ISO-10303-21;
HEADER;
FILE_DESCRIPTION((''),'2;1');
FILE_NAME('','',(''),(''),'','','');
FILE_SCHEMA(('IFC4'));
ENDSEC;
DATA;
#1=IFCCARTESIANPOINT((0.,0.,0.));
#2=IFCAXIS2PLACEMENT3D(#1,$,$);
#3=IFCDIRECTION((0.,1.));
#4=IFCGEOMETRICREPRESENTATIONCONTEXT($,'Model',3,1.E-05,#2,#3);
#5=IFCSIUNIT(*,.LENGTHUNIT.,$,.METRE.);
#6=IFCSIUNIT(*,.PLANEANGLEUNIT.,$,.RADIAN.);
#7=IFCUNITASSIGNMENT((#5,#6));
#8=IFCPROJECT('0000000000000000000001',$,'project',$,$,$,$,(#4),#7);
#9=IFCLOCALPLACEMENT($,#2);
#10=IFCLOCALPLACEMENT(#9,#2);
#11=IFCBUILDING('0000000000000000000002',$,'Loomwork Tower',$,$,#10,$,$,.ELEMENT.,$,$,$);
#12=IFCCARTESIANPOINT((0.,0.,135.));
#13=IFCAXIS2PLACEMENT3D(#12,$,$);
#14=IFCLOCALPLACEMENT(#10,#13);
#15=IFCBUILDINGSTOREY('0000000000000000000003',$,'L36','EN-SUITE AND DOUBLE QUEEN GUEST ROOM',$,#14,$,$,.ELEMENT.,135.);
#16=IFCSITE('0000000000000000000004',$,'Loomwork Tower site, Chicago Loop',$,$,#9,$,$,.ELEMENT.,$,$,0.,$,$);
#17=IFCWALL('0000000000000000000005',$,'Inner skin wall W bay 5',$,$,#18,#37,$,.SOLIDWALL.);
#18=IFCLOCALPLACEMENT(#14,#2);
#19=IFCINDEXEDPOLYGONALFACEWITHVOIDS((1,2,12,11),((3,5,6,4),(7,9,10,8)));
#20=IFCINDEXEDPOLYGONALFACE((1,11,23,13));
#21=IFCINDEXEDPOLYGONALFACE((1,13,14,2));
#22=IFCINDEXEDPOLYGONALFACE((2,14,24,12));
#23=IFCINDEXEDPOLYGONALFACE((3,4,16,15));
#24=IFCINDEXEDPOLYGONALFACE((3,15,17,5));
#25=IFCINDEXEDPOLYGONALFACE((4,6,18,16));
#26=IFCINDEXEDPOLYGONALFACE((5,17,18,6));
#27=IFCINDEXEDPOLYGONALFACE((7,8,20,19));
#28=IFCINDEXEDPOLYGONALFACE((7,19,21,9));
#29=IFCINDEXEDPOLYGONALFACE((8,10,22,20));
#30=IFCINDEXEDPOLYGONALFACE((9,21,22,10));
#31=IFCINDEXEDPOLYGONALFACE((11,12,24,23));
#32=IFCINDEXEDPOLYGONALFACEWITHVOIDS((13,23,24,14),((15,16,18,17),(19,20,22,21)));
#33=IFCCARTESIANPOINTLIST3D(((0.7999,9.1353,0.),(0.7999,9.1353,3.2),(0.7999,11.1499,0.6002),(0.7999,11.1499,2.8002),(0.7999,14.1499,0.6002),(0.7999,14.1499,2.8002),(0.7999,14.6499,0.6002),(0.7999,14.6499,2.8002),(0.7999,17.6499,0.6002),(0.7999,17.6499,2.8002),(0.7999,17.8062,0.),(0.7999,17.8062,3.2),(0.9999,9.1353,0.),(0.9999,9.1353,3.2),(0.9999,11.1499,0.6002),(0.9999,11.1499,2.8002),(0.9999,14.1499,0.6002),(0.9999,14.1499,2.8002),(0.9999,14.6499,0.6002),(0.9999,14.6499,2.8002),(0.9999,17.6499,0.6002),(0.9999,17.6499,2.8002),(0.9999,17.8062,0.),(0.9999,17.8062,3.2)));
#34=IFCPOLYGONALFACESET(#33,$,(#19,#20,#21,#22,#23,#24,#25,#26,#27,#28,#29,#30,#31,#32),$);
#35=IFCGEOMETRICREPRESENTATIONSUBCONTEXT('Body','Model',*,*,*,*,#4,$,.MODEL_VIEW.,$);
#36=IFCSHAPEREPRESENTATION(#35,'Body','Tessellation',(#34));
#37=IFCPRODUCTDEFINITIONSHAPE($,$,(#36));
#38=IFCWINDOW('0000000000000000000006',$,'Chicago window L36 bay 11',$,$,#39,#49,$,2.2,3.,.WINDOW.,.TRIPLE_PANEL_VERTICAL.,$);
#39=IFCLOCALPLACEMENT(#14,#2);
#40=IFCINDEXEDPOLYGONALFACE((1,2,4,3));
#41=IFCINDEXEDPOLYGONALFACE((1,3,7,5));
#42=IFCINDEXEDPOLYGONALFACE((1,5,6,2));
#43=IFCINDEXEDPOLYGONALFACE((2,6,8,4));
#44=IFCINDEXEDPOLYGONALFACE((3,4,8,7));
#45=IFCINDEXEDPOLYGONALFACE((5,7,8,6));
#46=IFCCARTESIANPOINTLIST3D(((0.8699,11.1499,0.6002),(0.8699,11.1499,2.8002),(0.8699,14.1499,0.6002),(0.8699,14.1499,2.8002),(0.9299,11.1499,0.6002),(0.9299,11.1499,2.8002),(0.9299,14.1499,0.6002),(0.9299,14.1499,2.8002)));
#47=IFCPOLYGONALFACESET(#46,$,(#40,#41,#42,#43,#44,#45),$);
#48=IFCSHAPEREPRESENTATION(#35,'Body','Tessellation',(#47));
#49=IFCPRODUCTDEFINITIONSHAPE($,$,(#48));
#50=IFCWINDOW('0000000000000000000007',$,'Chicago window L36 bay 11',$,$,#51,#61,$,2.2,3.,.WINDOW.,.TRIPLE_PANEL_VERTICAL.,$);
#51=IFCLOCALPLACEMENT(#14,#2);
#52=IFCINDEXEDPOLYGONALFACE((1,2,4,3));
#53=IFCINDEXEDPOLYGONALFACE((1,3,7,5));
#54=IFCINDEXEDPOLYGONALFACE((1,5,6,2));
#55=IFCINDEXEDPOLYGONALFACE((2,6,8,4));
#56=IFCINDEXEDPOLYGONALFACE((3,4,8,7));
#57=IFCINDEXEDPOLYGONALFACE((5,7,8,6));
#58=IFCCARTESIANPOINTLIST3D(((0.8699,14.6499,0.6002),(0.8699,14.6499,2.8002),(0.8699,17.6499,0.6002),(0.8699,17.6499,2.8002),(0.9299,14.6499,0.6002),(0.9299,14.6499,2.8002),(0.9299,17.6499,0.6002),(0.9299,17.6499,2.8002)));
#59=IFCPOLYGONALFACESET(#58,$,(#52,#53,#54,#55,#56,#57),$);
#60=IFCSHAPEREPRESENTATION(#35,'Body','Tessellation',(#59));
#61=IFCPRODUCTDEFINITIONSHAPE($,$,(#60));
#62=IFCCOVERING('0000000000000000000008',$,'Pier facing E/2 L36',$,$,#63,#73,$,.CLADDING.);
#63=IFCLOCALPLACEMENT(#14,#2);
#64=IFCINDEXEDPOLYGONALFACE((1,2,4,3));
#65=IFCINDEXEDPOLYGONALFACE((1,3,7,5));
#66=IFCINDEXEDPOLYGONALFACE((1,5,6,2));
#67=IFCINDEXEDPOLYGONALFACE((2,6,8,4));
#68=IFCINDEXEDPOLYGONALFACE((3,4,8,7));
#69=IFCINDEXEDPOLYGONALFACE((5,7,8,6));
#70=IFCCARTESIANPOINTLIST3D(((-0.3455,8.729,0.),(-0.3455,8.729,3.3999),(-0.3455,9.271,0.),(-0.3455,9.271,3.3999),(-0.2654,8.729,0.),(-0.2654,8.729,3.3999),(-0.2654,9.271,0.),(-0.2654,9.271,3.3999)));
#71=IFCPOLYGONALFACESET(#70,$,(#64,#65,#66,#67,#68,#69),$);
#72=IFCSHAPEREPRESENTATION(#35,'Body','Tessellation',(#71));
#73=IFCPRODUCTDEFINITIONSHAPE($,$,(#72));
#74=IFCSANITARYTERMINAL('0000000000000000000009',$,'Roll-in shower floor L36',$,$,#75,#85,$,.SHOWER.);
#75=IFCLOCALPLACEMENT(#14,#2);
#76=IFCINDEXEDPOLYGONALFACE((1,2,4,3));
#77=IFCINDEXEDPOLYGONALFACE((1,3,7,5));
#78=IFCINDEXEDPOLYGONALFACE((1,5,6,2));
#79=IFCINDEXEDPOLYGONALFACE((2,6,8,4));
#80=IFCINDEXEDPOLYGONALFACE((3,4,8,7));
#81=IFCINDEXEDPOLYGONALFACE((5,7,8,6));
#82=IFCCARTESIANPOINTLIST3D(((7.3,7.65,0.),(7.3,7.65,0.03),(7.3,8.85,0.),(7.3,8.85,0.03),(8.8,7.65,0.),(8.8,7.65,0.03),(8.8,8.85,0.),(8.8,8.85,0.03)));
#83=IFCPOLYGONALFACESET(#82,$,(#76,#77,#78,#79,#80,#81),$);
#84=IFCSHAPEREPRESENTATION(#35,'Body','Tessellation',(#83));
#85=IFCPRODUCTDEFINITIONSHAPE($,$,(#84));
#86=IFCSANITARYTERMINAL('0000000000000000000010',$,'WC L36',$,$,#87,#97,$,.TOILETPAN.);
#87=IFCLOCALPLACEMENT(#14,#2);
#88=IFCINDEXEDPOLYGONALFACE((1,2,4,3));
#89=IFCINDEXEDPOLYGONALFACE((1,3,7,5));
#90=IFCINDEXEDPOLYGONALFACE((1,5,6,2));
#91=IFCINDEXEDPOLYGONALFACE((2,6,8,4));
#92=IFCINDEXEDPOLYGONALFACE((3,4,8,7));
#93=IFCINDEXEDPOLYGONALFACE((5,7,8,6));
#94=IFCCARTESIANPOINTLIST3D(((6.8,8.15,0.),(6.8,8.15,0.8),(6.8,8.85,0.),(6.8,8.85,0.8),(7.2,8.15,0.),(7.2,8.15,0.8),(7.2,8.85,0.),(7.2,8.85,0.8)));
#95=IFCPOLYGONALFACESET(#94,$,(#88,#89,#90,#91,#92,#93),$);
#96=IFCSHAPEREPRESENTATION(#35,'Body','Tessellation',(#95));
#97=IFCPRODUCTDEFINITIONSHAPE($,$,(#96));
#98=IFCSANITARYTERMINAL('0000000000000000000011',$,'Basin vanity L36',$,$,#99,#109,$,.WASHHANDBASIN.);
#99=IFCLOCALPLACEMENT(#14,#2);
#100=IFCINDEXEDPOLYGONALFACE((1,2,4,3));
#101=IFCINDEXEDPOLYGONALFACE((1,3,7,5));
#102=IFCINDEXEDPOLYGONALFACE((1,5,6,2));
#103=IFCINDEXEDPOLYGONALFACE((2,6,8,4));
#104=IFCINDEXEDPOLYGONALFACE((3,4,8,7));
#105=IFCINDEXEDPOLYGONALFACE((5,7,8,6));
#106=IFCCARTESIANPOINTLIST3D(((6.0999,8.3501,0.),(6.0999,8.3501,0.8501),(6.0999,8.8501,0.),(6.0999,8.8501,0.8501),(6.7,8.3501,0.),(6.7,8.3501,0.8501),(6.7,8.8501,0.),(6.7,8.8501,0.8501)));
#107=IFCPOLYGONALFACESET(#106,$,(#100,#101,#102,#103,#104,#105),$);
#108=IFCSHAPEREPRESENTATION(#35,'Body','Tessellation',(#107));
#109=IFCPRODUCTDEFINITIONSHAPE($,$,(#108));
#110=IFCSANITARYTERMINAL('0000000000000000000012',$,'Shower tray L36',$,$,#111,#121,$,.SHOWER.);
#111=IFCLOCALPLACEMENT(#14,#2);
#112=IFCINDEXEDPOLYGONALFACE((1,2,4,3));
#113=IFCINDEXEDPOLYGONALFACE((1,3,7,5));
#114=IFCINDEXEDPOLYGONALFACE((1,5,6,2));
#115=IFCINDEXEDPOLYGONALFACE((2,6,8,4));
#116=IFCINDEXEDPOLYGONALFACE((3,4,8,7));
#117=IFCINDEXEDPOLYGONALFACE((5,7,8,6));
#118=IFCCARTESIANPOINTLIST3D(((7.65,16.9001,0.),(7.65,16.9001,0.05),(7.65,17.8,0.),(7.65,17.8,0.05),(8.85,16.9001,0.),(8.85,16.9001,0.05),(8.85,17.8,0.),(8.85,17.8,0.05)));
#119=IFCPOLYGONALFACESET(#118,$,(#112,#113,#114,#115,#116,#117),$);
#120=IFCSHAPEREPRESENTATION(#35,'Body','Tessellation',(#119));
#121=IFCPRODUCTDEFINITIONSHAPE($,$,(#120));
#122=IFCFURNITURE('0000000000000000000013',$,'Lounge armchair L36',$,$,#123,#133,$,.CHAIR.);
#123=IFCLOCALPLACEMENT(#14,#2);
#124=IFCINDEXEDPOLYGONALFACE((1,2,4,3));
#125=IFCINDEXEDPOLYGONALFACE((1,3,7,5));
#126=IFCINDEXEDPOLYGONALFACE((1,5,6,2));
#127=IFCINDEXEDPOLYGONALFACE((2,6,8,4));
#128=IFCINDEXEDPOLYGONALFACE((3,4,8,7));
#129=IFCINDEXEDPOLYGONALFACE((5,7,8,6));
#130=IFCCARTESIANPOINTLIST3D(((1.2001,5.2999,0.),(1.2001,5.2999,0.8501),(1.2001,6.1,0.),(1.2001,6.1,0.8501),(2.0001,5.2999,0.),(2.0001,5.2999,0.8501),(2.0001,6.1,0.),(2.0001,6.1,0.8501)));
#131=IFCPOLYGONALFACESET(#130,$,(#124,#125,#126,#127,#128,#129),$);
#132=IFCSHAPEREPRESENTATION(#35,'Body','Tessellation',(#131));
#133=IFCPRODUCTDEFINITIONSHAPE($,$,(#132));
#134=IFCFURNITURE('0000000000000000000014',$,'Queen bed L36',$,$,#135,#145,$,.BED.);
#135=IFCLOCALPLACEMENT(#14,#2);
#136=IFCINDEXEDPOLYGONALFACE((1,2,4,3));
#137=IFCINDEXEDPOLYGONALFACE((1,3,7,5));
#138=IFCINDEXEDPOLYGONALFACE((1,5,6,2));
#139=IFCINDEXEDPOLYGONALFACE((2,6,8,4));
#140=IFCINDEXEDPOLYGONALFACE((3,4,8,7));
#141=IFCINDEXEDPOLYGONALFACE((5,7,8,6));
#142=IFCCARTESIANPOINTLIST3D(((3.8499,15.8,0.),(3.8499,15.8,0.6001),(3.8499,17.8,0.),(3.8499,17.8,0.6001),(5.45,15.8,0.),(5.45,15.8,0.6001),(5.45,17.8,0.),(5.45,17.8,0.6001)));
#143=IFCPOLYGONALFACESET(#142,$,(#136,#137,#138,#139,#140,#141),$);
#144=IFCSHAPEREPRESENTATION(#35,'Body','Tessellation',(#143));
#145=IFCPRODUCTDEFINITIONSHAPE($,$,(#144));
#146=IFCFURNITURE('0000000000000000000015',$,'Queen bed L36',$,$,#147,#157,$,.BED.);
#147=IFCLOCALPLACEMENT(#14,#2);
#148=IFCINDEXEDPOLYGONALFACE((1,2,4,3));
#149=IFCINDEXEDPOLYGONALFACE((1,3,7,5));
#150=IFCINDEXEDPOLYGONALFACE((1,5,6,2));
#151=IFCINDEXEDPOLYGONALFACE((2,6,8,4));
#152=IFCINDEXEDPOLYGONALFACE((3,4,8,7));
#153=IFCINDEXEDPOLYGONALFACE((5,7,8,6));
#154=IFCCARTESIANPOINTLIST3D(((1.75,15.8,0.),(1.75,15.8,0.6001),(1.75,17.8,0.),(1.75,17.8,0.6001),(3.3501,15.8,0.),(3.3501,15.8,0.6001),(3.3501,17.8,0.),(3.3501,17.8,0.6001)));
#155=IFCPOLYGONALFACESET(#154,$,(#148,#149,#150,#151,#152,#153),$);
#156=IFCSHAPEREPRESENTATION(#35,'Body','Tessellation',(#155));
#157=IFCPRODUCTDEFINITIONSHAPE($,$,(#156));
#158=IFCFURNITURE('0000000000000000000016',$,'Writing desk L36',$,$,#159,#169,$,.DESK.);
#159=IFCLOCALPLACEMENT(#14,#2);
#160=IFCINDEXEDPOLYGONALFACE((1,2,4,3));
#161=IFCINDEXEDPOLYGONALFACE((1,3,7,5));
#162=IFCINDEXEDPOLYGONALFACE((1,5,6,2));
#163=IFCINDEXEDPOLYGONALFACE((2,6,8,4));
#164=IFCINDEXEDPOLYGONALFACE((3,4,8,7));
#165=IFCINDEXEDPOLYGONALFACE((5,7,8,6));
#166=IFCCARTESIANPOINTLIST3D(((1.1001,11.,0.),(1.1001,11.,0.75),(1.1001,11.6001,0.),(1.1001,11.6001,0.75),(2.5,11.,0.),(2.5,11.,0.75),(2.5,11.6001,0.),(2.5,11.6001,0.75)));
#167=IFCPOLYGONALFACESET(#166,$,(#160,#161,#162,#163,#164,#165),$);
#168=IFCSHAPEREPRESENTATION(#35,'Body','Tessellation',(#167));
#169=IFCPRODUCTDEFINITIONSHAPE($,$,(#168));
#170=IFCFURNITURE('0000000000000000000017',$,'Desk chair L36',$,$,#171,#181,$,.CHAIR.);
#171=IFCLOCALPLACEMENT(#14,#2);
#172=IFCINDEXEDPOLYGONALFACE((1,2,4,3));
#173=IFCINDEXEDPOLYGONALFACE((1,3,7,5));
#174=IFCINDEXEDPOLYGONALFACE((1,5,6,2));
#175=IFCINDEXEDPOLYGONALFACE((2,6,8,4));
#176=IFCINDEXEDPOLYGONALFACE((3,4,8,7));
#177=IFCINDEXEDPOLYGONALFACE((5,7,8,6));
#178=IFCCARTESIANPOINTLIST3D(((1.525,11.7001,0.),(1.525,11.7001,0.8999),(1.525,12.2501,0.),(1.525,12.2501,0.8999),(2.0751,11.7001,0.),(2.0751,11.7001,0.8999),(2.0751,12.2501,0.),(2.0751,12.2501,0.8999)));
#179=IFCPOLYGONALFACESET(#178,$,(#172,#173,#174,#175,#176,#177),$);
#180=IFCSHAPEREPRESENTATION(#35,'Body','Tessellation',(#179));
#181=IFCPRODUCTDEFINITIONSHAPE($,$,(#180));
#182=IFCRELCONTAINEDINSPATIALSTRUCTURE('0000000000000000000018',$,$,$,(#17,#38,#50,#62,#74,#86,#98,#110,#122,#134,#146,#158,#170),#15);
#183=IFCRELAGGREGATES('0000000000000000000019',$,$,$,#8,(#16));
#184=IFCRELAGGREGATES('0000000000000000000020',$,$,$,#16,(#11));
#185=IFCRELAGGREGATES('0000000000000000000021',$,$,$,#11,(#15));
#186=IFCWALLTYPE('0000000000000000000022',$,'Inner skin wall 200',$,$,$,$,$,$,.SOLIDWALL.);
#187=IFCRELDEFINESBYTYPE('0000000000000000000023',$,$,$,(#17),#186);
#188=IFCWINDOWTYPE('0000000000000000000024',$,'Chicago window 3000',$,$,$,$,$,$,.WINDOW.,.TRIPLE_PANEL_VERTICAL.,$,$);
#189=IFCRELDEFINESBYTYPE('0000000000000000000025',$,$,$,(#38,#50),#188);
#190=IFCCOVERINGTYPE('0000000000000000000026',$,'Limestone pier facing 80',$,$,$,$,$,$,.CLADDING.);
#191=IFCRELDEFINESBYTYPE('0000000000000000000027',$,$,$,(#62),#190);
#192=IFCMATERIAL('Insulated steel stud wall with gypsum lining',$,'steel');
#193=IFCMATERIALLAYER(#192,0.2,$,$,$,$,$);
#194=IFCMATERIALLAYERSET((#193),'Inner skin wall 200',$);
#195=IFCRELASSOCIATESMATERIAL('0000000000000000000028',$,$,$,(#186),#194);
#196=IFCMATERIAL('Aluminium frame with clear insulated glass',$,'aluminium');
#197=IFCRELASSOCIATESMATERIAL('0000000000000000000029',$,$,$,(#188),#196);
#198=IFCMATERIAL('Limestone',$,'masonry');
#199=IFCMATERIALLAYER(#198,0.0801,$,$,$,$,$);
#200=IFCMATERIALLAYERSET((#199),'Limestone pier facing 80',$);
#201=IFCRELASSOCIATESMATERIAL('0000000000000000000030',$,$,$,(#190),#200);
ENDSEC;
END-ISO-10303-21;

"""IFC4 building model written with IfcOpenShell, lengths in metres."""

from ifc_helpers import new_model, si_unit, direction, frame, frame_2d, origin, origin_2d, place, context, subcontext, project, spatial, rectangle, extrude, material, layer, layer_set, type_object, element, fill, save


model = new_model("IFC4")

# Units and contexts
model_context = context("Model", 3, precision=1e-05, world=origin(), true_north=direction((0.0, 1.0)))
body_context = subcontext(model_context, "Body", "Model", "MODEL_VIEW")
ifc_project = project(units=[si_unit("LENGTHUNIT", "METRE"), si_unit("PLANEANGLEUNIT", "RADIAN")], contexts=[model_context])

# Site, building, storey
site_placement = place(None, origin())
site = spatial("IfcSite", under=ifc_project, at=site_placement, Name="Loomwork Tower site, Chicago Loop", CompositionType="ELEMENT", RefElevation=0.0)
building_placement = place(site_placement, origin())
building = spatial("IfcBuilding", under=site, at=building_placement, Name="Loomwork Tower", CompositionType="ELEMENT")
storey_placement = place(building_placement, frame((0.0, 0.0, 135.0)))
storey = spatial("IfcBuildingStorey", under=building, at=storey_placement, Name="L36", Description="EN-SUITE AND DOUBLE QUEEN GUEST ROOM", CompositionType="ELEMENT", Elevation=135.0)

# Shared definitions
ifc_material_1 = material(Name="Insulated steel stud wall with gypsum lining", Category="steel")
ifc_layer_1 = layer(ifc_material_1, 0.2)
ifc_layer_set_1 = layer_set([ifc_layer_1], Name="Inner skin wall 200")
wall_type_1 = type_object("IfcWallType", Name="Inner skin wall 200", PredefinedType="SOLIDWALL", material=ifc_layer_set_1)

# Wall, openings, windows
wall_1_placement = place(storey_placement, frame((0.8999, 9.1353, 0.0), z_axis=(0.0, 0.0, 1.0), x_axis=(0.0, 1.0, 0.0)))
wall_1 = element("IfcWall", 1, at=wall_1_placement, inside=storey, type_object=wall_type_1, Name="Inner skin wall W bay 5", PredefinedType="SOLIDWALL", context=body_context, shape_type="SweptSolid", body=[
    extrude(rectangle(XDim=8.6709, YDim=0.2, at=frame_2d((4.3354, 0.0))), origin(), (0.0, 0.0, 1.0), 3.2),
])
opening_1_placement = place(wall_1_placement, frame((2.0146, 0.0, 0.6001)))
opening_1 = element("IfcOpeningElement", 2, at=opening_1_placement, cuts=wall_1, PredefinedType="OPENING", context=body_context, shape_type="SweptSolid", body=[
    extrude(rectangle(XDim=3.0, YDim=2.2, at=frame_2d((1.5, 1.1001))), frame((0.0, 0.1099, 0.0), z_axis=(0.0, -1.0, 0.0), x_axis=(1.0, 0.0, 0.0)), (0.0, 0.0, 1.0), 0.22),
])
opening_2_placement = place(wall_1_placement, frame((5.5146, 0.0, 0.6001)))
opening_2 = element("IfcOpeningElement", 3, at=opening_2_placement, cuts=wall_1, PredefinedType="OPENING", context=body_context, shape_type="SweptSolid", body=[
    extrude(rectangle(XDim=3.0, YDim=2.2, at=frame_2d((1.5, 1.1001))), frame((0.0, 0.1099, 0.0), z_axis=(0.0, -1.0, 0.0), x_axis=(1.0, 0.0, 0.0)), (0.0, 0.0, 1.0), 0.22),
])
ifc_material_2 = material(Name="Aluminium frame with clear insulated glass", Category="aluminium")
window_type = type_object("IfcWindowType", Name="Chicago window 3000", PartitioningType="TRIPLE_PANEL_VERTICAL", PredefinedType="WINDOW", material=ifc_material_2)
window_1_placement = place(opening_1_placement, origin())
window_1 = element("IfcWindow", 4, at=window_1_placement, inside=storey, type_object=window_type, Name="Chicago window L36 bay 11", OverallHeight=2.2, OverallWidth=3.0, PartitioningType="TRIPLE_PANEL_VERTICAL", PredefinedType="WINDOW", context=body_context, shape_type="SweptSolid", body=[
    extrude(rectangle(XDim=3.0, YDim=2.2, at=frame_2d((1.5, 1.1001))), frame((0.0, 0.03, 0.0), z_axis=(0.0, -1.0, 0.0), x_axis=(1.0, 0.0, 0.0)), (0.0, 0.0, 1.0), 0.0601),
])
fill(opening_1, window_1)
window_2_placement = place(opening_2_placement, origin())
window_2 = element("IfcWindow", 5, at=window_2_placement, inside=storey, type_object=window_type, Name="Chicago window L36 bay 11", OverallHeight=2.2, OverallWidth=3.0, PartitioningType="TRIPLE_PANEL_VERTICAL", PredefinedType="WINDOW", context=body_context, shape_type="SweptSolid", body=[
    extrude(rectangle(XDim=3.0, YDim=2.2, at=frame_2d((1.5, 1.1001))), frame((0.0, 0.03, 0.0), z_axis=(0.0, -1.0, 0.0), x_axis=(1.0, 0.0, 0.0)), (0.0, 0.0, 1.0), 0.0601),
])
fill(opening_2, window_2)

# Covering
ifc_material_3 = material(Name="Limestone", Category="masonry")
ifc_layer_2 = layer(ifc_material_3, 0.0801)
ifc_layer_set_2 = layer_set([ifc_layer_2], Name="Limestone pier facing 80")
covering_type = type_object("IfcCoveringType", Name="Limestone pier facing 80", PredefinedType="CLADDING", material=ifc_layer_set_2)
covering_placement = place(storey_placement, frame((-0.3054, 9.0, 0.0), z_axis=(0.0, 0.0, 1.0), x_axis=(1.0, 0.0, 0.0)))
element("IfcCovering", 6, at=covering_placement, inside=storey, type_object=covering_type, Name="Pier facing E/2 L36", PredefinedType="CLADDING", context=body_context, shape_type="SweptSolid", body=[
    extrude(rectangle(XDim=0.0801, YDim=0.542, at=origin_2d()), origin(), (0.0, 0.0, 1.0), 3.3999),
])

# Sanitary terminals
sanitary_terminal_1_placement = place(storey_placement, frame((8.05, 8.25, 0.0), z_axis=(0.0, 0.0, 1.0), x_axis=(1.0, 0.0, 0.0)))
element("IfcSanitaryTerminal", 7, at=sanitary_terminal_1_placement, inside=storey, Name="Roll-in shower floor L36", PredefinedType="SHOWER", context=body_context, shape_type="SweptSolid", body=[
    extrude(rectangle(XDim=1.5, YDim=1.2, at=origin_2d()), origin(), (0.0, 0.0, 1.0), 0.03),
])
sanitary_terminal_2_placement = place(storey_placement, frame((7.0, 8.5, 0.0), z_axis=(0.0, 0.0, 1.0), x_axis=(1.0, 0.0, 0.0)))
element("IfcSanitaryTerminal", 8, at=sanitary_terminal_2_placement, inside=storey, Name="WC L36", PredefinedType="TOILETPAN", context=body_context, shape_type="SweptSolid", body=[
    extrude(rectangle(XDim=0.3999, YDim=0.7, at=origin_2d()), origin(), (0.0, 0.0, 1.0), 0.8),
])
sanitary_terminal_3_placement = place(storey_placement, frame((6.3999, 8.6001, 0.0), z_axis=(0.0, 0.0, 1.0), x_axis=(1.0, 0.0, 0.0)))
element("IfcSanitaryTerminal", 9, at=sanitary_terminal_3_placement, inside=storey, Name="Basin vanity L36", PredefinedType="WASHHANDBASIN", context=body_context, shape_type="SweptSolid", body=[
    extrude(rectangle(XDim=0.6001, YDim=0.5, at=origin_2d()), origin(), (0.0, 0.0, 1.0), 0.8501),
])
sanitary_terminal_4_placement = place(storey_placement, frame((8.25, 17.3501, 0.0), z_axis=(0.0, 0.0, 1.0), x_axis=(1.0, 0.0, 0.0)))
element("IfcSanitaryTerminal", 10, at=sanitary_terminal_4_placement, inside=storey, Name="Shower tray L36", PredefinedType="SHOWER", context=body_context, shape_type="SweptSolid", body=[
    extrude(rectangle(XDim=1.2, YDim=0.8999, at=origin_2d()), origin(), (0.0, 0.0, 1.0), 0.05),
])

# Furniture
furniture_1_placement = place(storey_placement, frame((1.6001, 5.7, 0.0), z_axis=(0.0, 0.0, 1.0), x_axis=(1.0, 0.0, 0.0)))
element("IfcFurniture", 11, at=furniture_1_placement, inside=storey, Name="Lounge armchair L36", PredefinedType="CHAIR", context=body_context, shape_type="SweptSolid", body=[
    extrude(rectangle(XDim=0.8, YDim=0.8, at=origin_2d()), origin(), (0.0, 0.0, 1.0), 0.8501),
])
for number, where, z_axis, x_axis, name in (
    (12, (4.6499, 16.8, 0.0), (0.0, 0.0, 1.0), (1.0, 0.0, 0.0), "Queen bed L36"),
    (13, (2.55, 16.8, 0.0), (0.0, 0.0, 1.0), (1.0, 0.0, 0.0), "Queen bed L36"),
):
    element("IfcFurniture", number, at=place(storey_placement, frame(where, z_axis=z_axis, x_axis=x_axis)), inside=storey, Name=name, PredefinedType="BED", context=body_context, shape_type="SweptSolid", body=[
        extrude(rectangle(XDim=1.6001, YDim=2.0, at=origin_2d()), origin(), (0.0, 0.0, 1.0), 0.6001),
    ])
furniture_2_placement = place(storey_placement, frame((1.8, 11.3, 0.0), z_axis=(0.0, 0.0, 1.0), x_axis=(1.0, 0.0, 0.0)))
element("IfcFurniture", 14, at=furniture_2_placement, inside=storey, Name="Writing desk L36", PredefinedType="DESK", context=body_context, shape_type="SweptSolid", body=[
    extrude(rectangle(XDim=1.3999, YDim=0.6001, at=origin_2d()), origin(), (0.0, 0.0, 1.0), 0.75),
])
furniture_3_placement = place(storey_placement, frame((1.8, 11.9751, 0.0), z_axis=(0.0, 0.0, 1.0), x_axis=(1.0, 0.0, 0.0)))
element("IfcFurniture", 15, at=furniture_3_placement, inside=storey, Name="Desk chair L36", PredefinedType="CHAIR", context=body_context, shape_type="SweptSolid", body=[
    extrude(rectangle(XDim=0.55, YDim=0.55, at=origin_2d()), origin(), (0.0, 0.0, 1.0), 0.8999),
])

save(model, "model.ifc")
